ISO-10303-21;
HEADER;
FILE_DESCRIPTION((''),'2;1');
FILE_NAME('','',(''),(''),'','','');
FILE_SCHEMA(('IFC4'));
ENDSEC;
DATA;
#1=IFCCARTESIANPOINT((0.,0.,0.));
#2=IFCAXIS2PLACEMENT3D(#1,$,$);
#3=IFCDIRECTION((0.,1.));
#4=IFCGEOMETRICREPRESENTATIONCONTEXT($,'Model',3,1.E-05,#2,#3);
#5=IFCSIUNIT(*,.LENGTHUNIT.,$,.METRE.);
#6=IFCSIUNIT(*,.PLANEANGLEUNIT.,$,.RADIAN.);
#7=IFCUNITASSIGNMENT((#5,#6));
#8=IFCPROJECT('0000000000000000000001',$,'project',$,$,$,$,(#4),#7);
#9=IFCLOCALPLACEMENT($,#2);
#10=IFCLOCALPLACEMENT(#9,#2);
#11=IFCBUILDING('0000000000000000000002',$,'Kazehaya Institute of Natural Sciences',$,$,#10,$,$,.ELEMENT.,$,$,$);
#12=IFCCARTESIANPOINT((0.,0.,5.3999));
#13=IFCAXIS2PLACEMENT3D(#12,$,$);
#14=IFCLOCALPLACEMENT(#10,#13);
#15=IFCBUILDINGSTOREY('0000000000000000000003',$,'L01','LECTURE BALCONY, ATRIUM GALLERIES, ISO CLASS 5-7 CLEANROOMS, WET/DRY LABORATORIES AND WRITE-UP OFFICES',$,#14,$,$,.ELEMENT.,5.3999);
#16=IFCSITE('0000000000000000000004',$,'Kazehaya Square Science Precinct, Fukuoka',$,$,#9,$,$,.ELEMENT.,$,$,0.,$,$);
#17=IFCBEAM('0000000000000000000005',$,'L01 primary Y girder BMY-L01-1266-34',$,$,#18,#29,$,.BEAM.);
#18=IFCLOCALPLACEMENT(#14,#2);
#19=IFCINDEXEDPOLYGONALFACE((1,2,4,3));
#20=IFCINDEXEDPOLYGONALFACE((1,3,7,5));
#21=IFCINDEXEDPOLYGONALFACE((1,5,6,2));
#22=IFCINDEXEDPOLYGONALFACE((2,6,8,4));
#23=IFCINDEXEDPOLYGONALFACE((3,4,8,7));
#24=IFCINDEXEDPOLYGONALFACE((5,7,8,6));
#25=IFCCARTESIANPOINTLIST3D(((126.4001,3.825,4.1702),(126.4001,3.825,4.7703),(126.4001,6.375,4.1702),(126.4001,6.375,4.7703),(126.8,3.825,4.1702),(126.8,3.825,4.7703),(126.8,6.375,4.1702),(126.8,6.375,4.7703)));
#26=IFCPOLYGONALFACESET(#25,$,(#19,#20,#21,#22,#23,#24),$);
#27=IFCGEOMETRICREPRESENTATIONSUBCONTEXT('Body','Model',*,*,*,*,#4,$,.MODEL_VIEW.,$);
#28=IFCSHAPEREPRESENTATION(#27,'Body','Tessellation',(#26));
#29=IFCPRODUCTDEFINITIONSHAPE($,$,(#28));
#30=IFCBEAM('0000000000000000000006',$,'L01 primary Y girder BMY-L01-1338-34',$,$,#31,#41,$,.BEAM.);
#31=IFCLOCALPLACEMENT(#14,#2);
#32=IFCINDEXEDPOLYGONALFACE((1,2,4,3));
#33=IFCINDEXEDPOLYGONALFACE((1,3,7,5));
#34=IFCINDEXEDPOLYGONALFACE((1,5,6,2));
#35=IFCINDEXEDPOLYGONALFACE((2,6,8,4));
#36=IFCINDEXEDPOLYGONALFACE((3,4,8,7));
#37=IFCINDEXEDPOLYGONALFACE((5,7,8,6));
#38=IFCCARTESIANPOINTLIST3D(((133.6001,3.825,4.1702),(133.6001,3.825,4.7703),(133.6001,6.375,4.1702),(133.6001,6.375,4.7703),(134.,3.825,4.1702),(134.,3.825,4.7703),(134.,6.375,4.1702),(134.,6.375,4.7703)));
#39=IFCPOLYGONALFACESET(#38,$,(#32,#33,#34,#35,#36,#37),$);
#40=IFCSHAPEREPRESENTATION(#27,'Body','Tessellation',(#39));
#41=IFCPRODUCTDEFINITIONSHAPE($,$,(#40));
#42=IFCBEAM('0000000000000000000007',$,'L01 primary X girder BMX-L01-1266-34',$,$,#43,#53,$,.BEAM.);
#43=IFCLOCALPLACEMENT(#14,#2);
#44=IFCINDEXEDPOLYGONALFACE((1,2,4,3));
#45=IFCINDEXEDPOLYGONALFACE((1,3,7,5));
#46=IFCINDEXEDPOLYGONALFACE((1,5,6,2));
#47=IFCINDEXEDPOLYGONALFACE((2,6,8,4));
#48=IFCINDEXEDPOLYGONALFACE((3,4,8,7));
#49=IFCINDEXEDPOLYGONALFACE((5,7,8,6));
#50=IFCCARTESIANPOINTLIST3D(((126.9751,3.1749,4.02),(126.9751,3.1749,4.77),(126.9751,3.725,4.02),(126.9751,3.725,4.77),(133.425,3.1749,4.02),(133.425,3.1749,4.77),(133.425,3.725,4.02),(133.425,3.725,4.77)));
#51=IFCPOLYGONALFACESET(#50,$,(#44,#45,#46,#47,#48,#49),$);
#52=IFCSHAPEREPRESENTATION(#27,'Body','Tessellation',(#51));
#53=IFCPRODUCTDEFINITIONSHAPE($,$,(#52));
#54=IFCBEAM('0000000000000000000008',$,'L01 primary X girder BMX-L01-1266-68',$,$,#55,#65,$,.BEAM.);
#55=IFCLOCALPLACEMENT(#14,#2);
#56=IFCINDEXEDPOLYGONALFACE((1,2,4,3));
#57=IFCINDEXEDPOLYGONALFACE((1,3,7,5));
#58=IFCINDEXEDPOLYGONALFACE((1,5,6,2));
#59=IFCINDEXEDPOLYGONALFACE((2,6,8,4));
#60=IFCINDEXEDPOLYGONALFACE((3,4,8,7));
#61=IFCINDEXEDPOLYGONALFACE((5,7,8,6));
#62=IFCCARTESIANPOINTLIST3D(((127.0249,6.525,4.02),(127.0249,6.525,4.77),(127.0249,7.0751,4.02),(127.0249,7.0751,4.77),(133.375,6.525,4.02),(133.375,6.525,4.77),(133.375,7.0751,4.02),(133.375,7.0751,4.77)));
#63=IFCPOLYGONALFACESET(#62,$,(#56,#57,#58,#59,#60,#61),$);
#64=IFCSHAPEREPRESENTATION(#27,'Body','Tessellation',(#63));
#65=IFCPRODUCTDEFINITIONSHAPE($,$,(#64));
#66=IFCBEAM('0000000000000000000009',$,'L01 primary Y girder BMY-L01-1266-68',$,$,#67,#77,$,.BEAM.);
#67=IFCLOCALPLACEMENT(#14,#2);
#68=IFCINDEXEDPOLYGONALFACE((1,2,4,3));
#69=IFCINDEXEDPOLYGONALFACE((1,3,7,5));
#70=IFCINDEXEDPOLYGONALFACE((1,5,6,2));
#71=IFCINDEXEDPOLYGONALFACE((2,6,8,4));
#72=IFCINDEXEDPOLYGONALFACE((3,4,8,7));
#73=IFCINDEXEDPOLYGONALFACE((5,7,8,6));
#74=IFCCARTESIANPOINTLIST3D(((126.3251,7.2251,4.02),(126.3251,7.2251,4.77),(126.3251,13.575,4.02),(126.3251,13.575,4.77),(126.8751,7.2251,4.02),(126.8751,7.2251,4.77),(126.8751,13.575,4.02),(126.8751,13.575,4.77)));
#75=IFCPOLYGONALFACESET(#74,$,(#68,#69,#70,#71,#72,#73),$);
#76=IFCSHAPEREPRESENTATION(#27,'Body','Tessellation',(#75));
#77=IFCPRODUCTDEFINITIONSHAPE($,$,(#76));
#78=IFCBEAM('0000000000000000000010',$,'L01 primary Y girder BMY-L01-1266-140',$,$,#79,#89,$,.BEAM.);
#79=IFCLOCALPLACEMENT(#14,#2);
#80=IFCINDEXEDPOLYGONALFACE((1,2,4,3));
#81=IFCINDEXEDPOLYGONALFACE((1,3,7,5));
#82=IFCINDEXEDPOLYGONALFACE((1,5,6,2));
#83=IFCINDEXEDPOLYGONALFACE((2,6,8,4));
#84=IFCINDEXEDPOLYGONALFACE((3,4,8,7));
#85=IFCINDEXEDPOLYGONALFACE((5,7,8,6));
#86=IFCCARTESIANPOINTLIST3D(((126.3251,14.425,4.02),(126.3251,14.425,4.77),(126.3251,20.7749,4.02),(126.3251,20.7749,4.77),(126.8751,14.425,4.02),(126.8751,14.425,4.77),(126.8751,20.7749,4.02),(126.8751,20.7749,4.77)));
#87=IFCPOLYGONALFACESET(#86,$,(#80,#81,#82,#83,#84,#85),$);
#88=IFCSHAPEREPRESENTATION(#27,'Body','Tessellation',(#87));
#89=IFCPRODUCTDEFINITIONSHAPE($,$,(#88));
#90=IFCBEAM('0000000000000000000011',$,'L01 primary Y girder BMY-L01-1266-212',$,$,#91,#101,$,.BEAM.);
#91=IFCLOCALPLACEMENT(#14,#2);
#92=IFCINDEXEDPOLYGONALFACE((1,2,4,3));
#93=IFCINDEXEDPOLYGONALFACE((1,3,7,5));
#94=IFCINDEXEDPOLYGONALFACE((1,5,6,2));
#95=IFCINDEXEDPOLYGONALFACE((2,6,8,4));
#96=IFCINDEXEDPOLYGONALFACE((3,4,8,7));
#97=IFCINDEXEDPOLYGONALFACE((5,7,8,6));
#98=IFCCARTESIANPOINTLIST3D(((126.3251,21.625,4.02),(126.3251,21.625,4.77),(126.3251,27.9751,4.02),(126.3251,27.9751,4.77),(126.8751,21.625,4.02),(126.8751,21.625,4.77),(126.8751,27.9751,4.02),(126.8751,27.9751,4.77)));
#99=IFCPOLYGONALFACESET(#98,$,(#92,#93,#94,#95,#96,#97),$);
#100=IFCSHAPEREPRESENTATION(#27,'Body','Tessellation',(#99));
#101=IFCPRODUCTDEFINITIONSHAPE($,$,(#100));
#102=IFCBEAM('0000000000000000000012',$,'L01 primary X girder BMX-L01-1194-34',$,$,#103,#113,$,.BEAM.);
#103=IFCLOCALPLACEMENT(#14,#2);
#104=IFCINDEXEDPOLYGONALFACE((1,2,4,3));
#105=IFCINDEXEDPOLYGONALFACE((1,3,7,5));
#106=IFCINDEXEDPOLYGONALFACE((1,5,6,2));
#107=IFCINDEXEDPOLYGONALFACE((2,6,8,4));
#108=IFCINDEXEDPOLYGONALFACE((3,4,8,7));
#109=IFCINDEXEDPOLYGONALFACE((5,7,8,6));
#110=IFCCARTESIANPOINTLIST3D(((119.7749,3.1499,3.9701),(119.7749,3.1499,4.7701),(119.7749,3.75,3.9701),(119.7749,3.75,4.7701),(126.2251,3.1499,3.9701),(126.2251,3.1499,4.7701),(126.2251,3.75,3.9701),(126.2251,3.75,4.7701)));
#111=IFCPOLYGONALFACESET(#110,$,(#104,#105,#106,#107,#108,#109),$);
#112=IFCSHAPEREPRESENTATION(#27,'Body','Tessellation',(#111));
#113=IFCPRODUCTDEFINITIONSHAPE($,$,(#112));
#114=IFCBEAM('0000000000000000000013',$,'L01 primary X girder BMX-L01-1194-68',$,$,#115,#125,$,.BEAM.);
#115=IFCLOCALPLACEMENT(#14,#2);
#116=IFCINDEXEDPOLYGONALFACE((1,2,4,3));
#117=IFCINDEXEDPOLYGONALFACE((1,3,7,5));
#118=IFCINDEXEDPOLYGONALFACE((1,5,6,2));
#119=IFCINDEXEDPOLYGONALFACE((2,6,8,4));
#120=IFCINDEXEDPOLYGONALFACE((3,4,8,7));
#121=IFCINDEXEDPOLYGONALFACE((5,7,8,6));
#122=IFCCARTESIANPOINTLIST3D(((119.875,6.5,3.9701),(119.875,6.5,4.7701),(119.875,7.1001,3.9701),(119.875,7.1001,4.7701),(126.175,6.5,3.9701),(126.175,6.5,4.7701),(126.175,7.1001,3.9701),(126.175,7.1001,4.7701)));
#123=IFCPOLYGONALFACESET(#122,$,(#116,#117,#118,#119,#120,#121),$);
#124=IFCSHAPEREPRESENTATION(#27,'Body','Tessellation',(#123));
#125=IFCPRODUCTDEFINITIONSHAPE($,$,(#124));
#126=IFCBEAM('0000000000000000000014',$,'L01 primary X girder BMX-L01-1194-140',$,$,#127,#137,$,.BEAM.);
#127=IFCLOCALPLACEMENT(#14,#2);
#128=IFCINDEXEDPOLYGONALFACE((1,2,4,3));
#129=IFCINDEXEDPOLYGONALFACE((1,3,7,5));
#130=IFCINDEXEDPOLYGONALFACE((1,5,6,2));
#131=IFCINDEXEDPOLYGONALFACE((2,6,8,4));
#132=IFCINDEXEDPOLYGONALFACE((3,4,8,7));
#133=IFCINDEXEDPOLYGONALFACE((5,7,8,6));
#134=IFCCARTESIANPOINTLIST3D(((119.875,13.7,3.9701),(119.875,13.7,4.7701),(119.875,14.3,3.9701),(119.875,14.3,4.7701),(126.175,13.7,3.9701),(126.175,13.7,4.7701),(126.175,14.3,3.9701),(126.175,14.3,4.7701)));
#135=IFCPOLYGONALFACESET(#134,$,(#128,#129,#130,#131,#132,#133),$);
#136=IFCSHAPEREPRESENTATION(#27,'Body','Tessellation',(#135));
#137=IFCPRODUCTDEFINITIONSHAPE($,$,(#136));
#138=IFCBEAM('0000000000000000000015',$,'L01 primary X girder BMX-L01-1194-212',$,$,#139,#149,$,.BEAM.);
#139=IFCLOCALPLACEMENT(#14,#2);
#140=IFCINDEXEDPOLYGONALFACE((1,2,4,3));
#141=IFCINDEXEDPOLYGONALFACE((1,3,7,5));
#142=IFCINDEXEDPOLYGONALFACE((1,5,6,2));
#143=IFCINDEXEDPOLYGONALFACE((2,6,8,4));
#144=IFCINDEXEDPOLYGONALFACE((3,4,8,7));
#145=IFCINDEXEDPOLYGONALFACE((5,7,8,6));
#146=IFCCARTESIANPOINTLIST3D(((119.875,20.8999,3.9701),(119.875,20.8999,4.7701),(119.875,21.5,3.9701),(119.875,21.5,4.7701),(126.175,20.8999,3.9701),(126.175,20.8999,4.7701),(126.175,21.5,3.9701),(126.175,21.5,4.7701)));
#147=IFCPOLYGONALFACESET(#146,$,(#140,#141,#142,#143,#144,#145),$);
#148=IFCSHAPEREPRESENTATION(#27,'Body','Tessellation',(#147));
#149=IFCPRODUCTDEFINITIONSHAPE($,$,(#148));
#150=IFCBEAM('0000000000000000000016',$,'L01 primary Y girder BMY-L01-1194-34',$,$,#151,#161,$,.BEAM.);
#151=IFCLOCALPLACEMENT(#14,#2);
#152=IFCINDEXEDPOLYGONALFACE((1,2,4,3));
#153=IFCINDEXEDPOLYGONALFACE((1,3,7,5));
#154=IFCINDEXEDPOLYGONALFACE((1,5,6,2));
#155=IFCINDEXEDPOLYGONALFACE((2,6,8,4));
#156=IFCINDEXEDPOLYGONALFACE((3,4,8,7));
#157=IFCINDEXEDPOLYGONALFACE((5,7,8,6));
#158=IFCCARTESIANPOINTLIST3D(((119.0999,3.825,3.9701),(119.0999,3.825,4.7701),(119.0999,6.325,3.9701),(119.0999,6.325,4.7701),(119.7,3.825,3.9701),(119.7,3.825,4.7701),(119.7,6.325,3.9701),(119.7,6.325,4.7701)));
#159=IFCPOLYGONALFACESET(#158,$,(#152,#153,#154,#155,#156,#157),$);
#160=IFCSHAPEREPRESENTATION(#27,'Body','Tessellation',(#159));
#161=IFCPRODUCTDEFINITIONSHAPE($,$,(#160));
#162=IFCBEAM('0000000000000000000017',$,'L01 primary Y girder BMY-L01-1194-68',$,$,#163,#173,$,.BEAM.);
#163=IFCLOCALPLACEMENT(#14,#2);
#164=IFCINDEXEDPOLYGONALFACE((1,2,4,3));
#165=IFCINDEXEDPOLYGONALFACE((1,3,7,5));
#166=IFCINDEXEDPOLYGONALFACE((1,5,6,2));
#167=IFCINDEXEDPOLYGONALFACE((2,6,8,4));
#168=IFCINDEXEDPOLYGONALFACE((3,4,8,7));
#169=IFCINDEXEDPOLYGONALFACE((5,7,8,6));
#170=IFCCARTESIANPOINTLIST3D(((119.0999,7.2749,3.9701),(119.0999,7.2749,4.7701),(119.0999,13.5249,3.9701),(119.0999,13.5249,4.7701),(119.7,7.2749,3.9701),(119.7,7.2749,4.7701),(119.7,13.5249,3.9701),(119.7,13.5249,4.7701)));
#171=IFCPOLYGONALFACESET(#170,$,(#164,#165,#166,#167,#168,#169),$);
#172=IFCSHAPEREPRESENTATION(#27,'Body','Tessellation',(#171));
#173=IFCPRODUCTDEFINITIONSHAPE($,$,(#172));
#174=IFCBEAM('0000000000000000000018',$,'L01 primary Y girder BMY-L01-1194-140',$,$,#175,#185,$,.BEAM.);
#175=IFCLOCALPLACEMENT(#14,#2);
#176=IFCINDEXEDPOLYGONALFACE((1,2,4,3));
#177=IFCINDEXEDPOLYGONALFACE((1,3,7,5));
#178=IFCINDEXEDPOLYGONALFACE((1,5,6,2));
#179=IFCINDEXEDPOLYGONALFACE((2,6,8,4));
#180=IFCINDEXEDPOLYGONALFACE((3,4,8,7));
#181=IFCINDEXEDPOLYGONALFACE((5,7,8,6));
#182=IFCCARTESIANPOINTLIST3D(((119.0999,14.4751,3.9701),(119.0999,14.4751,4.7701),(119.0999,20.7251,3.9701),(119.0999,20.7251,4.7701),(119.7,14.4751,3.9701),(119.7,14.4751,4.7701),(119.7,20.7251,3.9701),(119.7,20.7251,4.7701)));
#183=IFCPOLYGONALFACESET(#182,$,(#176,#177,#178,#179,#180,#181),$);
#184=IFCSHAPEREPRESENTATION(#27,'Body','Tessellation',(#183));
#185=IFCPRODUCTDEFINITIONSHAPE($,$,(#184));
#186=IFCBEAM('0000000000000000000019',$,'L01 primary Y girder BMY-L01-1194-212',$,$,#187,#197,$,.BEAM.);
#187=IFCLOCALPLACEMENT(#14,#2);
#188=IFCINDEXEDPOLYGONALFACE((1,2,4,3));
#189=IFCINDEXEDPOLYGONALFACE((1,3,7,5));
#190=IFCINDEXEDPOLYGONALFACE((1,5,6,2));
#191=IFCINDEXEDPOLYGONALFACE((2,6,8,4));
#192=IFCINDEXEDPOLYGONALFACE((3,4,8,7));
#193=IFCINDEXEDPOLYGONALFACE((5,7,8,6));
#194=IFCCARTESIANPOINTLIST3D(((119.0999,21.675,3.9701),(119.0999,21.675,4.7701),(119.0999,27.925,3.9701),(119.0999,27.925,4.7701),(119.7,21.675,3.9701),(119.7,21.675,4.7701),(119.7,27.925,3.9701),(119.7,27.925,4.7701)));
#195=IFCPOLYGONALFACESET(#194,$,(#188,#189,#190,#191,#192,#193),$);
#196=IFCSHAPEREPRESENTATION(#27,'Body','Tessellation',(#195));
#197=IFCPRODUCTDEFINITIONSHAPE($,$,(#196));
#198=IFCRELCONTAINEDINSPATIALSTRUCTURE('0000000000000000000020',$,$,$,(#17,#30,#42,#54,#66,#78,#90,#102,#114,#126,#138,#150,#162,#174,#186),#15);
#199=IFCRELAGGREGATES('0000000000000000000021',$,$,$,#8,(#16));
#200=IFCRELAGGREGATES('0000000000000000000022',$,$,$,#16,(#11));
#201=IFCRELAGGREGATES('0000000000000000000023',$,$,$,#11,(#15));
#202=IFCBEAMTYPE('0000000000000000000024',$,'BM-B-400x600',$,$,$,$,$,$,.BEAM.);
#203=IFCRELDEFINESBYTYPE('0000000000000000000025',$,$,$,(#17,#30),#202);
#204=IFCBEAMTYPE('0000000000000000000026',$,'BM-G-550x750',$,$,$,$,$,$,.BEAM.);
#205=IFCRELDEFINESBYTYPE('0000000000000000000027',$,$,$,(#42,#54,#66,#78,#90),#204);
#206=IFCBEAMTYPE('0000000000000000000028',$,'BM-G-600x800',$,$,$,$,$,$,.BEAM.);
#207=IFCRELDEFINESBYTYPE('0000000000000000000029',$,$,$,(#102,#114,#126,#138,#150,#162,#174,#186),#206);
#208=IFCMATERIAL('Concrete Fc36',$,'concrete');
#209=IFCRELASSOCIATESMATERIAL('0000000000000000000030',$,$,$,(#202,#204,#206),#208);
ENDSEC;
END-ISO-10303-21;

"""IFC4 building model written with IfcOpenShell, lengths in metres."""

from ifc_helpers import new_model, si_unit, direction, frame, origin, origin_2d, place, context, subcontext, project, spatial, rectangle, extrude, material, material_profile, profile_set, type_object, element, save


model = new_model("IFC4")

# Units and contexts
model_context = context("Model", 3, precision=1e-05, world=origin(), true_north=direction((0.0, 1.0)))
body_context = subcontext(model_context, "Body", "Model", "MODEL_VIEW")
ifc_project = project(units=[si_unit("LENGTHUNIT", "METRE"), si_unit("PLANEANGLEUNIT", "RADIAN")], contexts=[model_context])

# Site, building, storey
site_placement = place(None, origin())
site = spatial("IfcSite", under=ifc_project, at=site_placement, Name="Kazehaya Square Science Precinct, Fukuoka", CompositionType="ELEMENT", RefElevation=0.0)
building_placement = place(site_placement, origin())
building = spatial("IfcBuilding", under=site, at=building_placement, Name="Kazehaya Institute of Natural Sciences", CompositionType="ELEMENT")
storey_placement = place(building_placement, frame((0.0, 0.0, 5.3999)))
storey = spatial("IfcBuildingStorey", under=building, at=storey_placement, Name="L01", Description="LECTURE BALCONY, ATRIUM GALLERIES, ISO CLASS 5-7 CLEANROOMS, WET/DRY LABORATORIES AND WRITE-UP OFFICES", CompositionType="ELEMENT", Elevation=5.3999)

# Shared definitions
ifc_material_1 = material(Name="Concrete Fc36", Category="concrete")

# Beams
ifc_material_profile_1 = material_profile(ifc_material_1, rectangle(XDim=0.3999, YDim=0.6001, at=origin_2d()), Name="RC-400x600")
ifc_profile_set_1 = profile_set([ifc_material_profile_1], Name="Concrete Fc36")
beam_type_1 = type_object("IfcBeamType", Name="BM-B-400x600", PredefinedType="BEAM", material=ifc_profile_set_1)
for number, where, z_axis, x_axis, name in (
    (1, (126.6001, 3.825, 4.4702), (0.0, 1.0, 0.0), (-1.0, 0.0, 0.0), "L01 primary Y girder BMY-L01-1266-34"),
    (2, (133.8, 3.825, 4.4702), (0.0, 1.0, 0.0), (-1.0, 0.0, 0.0), "L01 primary Y girder BMY-L01-1338-34"),
):
    element("IfcBeam", number, at=place(storey_placement, frame(where, z_axis=z_axis, x_axis=x_axis)), inside=storey, type_object=beam_type_1, Name=name, PredefinedType="BEAM", context=body_context, shape_type="SweptSolid", body=[
        extrude(rectangle(XDim=0.3999, YDim=0.6001, at=origin_2d()), origin(), (0.0, 0.0, 1.0), 2.55),
    ])
ifc_material_profile_2 = material_profile(ifc_material_1, rectangle(XDim=0.55, YDim=0.75, at=origin_2d()), Name="RC-550x750")
ifc_profile_set_2 = profile_set([ifc_material_profile_2], Name="Concrete Fc36")
beam_type_2 = type_object("IfcBeamType", Name="BM-G-550x750", PredefinedType="BEAM", material=ifc_profile_set_2)
beam_1_placement = place(storey_placement, frame((126.9751, 3.45, 4.395), z_axis=(1.0, 0.0, 0.0), x_axis=(0.0, 1.0, 0.0)))
element("IfcBeam", 3, at=beam_1_placement, inside=storey, type_object=beam_type_2, Name="L01 primary X girder BMX-L01-1266-34", PredefinedType="BEAM", context=body_context, shape_type="SweptSolid", body=[
    extrude(rectangle(XDim=0.55, YDim=0.75, at=origin_2d()), origin(), (0.0, 0.0, 1.0), 6.45),
])
beam_2_placement = place(storey_placement, frame((127.0249, 6.8, 4.395), z_axis=(1.0, 0.0, 0.0), x_axis=(0.0, 1.0, 0.0)))
element("IfcBeam", 4, at=beam_2_placement, inside=storey, type_object=beam_type_2, Name="L01 primary X girder BMX-L01-1266-68", PredefinedType="BEAM", context=body_context, shape_type="SweptSolid", body=[
    extrude(rectangle(XDim=0.55, YDim=0.75, at=origin_2d()), origin(), (0.0, 0.0, 1.0), 6.3501),
])
for number, where, z_axis, x_axis, name in (
    (5, (126.6001, 7.2251, 4.395), (0.0, 1.0, 0.0), (-1.0, 0.0, 0.0), "L01 primary Y girder BMY-L01-1266-68"),
    (6, (126.6001, 14.425, 4.395), (0.0, 1.0, 0.0), (-1.0, 0.0, 0.0), "L01 primary Y girder BMY-L01-1266-140"),
):
    element("IfcBeam", number, at=place(storey_placement, frame(where, z_axis=z_axis, x_axis=x_axis)), inside=storey, type_object=beam_type_2, Name=name, PredefinedType="BEAM", context=body_context, shape_type="SweptSolid", body=[
        extrude(rectangle(XDim=0.55, YDim=0.75, at=origin_2d()), origin(), (0.0, 0.0, 1.0), 6.3499),
    ])
beam_3_placement = place(storey_placement, frame((126.6001, 21.625, 4.395), z_axis=(0.0, 1.0, 0.0), x_axis=(-1.0, 0.0, 0.0)))
element("IfcBeam", 7, at=beam_3_placement, inside=storey, type_object=beam_type_2, Name="L01 primary Y girder BMY-L01-1266-212", PredefinedType="BEAM", context=body_context, shape_type="SweptSolid", body=[
    extrude(rectangle(XDim=0.55, YDim=0.75, at=origin_2d()), origin(), (0.0, 0.0, 1.0), 6.3501),
])
ifc_material_profile_3 = material_profile(ifc_material_1, rectangle(XDim=0.6001, YDim=0.8, at=origin_2d()), Name="RC-600x800")
ifc_profile_set_3 = profile_set([ifc_material_profile_3], Name="Concrete Fc36")
beam_type_3 = type_object("IfcBeamType", Name="BM-G-600x800", PredefinedType="BEAM", material=ifc_profile_set_3)
beam_4_placement = place(storey_placement, frame((119.7749, 3.45, 4.3701), z_axis=(1.0, 0.0, 0.0), x_axis=(0.0, 1.0, 0.0)))
element("IfcBeam", 8, at=beam_4_placement, inside=storey, type_object=beam_type_3, Name="L01 primary X girder BMX-L01-1194-34", PredefinedType="BEAM", context=body_context, shape_type="SweptSolid", body=[
    extrude(rectangle(XDim=0.6001, YDim=0.8, at=origin_2d()), origin(), (0.0, 0.0, 1.0), 6.4502),
])
for number, where, z_axis, x_axis, name in (
    (9, (119.875, 6.8, 4.3701), (1.0, 0.0, 0.0), (0.0, 1.0, 0.0), "L01 primary X girder BMX-L01-1194-68"),
    (10, (119.875, 14.0, 4.3701), (1.0, 0.0, 0.0), (0.0, 1.0, 0.0), "L01 primary X girder BMX-L01-1194-140"),
    (11, (119.875, 21.2, 4.3701), (1.0, 0.0, 0.0), (0.0, 1.0, 0.0), "L01 primary X girder BMX-L01-1194-212"),
):
    element("IfcBeam", number, at=place(storey_placement, frame(where, z_axis=z_axis, x_axis=x_axis)), inside=storey, type_object=beam_type_3, Name=name, PredefinedType="BEAM", context=body_context, shape_type="SweptSolid", body=[
        extrude(rectangle(XDim=0.6001, YDim=0.8, at=origin_2d()), origin(), (0.0, 0.0, 1.0), 6.3),
    ])
beam_5_placement = place(storey_placement, frame((119.3999, 3.825, 4.3701), z_axis=(0.0, 1.0, 0.0), x_axis=(-1.0, 0.0, 0.0)))
element("IfcBeam", 12, at=beam_5_placement, inside=storey, type_object=beam_type_3, Name="L01 primary Y girder BMY-L01-1194-34", PredefinedType="BEAM", context=body_context, shape_type="SweptSolid", body=[
    extrude(rectangle(XDim=0.6001, YDim=0.8, at=origin_2d()), origin(), (0.0, 0.0, 1.0), 2.5),
])
for number, where, z_axis, x_axis, name in (
    (13, (119.3999, 7.2749, 4.3701), (0.0, 1.0, 0.0), (-1.0, 0.0, 0.0), "L01 primary Y girder BMY-L01-1194-68"),
    (14, (119.3999, 14.4751, 4.3701), (0.0, 1.0, 0.0), (-1.0, 0.0, 0.0), "L01 primary Y girder BMY-L01-1194-140"),
    (15, (119.3999, 21.675, 4.3701), (0.0, 1.0, 0.0), (-1.0, 0.0, 0.0), "L01 primary Y girder BMY-L01-1194-212"),
):
    element("IfcBeam", number, at=place(storey_placement, frame(where, z_axis=z_axis, x_axis=x_axis)), inside=storey, type_object=beam_type_3, Name=name, PredefinedType="BEAM", context=body_context, shape_type="SweptSolid", body=[
        extrude(rectangle(XDim=0.6001, YDim=0.8, at=origin_2d()), origin(), (0.0, 0.0, 1.0), 6.25),
    ])

save(model, "model.ifc")
